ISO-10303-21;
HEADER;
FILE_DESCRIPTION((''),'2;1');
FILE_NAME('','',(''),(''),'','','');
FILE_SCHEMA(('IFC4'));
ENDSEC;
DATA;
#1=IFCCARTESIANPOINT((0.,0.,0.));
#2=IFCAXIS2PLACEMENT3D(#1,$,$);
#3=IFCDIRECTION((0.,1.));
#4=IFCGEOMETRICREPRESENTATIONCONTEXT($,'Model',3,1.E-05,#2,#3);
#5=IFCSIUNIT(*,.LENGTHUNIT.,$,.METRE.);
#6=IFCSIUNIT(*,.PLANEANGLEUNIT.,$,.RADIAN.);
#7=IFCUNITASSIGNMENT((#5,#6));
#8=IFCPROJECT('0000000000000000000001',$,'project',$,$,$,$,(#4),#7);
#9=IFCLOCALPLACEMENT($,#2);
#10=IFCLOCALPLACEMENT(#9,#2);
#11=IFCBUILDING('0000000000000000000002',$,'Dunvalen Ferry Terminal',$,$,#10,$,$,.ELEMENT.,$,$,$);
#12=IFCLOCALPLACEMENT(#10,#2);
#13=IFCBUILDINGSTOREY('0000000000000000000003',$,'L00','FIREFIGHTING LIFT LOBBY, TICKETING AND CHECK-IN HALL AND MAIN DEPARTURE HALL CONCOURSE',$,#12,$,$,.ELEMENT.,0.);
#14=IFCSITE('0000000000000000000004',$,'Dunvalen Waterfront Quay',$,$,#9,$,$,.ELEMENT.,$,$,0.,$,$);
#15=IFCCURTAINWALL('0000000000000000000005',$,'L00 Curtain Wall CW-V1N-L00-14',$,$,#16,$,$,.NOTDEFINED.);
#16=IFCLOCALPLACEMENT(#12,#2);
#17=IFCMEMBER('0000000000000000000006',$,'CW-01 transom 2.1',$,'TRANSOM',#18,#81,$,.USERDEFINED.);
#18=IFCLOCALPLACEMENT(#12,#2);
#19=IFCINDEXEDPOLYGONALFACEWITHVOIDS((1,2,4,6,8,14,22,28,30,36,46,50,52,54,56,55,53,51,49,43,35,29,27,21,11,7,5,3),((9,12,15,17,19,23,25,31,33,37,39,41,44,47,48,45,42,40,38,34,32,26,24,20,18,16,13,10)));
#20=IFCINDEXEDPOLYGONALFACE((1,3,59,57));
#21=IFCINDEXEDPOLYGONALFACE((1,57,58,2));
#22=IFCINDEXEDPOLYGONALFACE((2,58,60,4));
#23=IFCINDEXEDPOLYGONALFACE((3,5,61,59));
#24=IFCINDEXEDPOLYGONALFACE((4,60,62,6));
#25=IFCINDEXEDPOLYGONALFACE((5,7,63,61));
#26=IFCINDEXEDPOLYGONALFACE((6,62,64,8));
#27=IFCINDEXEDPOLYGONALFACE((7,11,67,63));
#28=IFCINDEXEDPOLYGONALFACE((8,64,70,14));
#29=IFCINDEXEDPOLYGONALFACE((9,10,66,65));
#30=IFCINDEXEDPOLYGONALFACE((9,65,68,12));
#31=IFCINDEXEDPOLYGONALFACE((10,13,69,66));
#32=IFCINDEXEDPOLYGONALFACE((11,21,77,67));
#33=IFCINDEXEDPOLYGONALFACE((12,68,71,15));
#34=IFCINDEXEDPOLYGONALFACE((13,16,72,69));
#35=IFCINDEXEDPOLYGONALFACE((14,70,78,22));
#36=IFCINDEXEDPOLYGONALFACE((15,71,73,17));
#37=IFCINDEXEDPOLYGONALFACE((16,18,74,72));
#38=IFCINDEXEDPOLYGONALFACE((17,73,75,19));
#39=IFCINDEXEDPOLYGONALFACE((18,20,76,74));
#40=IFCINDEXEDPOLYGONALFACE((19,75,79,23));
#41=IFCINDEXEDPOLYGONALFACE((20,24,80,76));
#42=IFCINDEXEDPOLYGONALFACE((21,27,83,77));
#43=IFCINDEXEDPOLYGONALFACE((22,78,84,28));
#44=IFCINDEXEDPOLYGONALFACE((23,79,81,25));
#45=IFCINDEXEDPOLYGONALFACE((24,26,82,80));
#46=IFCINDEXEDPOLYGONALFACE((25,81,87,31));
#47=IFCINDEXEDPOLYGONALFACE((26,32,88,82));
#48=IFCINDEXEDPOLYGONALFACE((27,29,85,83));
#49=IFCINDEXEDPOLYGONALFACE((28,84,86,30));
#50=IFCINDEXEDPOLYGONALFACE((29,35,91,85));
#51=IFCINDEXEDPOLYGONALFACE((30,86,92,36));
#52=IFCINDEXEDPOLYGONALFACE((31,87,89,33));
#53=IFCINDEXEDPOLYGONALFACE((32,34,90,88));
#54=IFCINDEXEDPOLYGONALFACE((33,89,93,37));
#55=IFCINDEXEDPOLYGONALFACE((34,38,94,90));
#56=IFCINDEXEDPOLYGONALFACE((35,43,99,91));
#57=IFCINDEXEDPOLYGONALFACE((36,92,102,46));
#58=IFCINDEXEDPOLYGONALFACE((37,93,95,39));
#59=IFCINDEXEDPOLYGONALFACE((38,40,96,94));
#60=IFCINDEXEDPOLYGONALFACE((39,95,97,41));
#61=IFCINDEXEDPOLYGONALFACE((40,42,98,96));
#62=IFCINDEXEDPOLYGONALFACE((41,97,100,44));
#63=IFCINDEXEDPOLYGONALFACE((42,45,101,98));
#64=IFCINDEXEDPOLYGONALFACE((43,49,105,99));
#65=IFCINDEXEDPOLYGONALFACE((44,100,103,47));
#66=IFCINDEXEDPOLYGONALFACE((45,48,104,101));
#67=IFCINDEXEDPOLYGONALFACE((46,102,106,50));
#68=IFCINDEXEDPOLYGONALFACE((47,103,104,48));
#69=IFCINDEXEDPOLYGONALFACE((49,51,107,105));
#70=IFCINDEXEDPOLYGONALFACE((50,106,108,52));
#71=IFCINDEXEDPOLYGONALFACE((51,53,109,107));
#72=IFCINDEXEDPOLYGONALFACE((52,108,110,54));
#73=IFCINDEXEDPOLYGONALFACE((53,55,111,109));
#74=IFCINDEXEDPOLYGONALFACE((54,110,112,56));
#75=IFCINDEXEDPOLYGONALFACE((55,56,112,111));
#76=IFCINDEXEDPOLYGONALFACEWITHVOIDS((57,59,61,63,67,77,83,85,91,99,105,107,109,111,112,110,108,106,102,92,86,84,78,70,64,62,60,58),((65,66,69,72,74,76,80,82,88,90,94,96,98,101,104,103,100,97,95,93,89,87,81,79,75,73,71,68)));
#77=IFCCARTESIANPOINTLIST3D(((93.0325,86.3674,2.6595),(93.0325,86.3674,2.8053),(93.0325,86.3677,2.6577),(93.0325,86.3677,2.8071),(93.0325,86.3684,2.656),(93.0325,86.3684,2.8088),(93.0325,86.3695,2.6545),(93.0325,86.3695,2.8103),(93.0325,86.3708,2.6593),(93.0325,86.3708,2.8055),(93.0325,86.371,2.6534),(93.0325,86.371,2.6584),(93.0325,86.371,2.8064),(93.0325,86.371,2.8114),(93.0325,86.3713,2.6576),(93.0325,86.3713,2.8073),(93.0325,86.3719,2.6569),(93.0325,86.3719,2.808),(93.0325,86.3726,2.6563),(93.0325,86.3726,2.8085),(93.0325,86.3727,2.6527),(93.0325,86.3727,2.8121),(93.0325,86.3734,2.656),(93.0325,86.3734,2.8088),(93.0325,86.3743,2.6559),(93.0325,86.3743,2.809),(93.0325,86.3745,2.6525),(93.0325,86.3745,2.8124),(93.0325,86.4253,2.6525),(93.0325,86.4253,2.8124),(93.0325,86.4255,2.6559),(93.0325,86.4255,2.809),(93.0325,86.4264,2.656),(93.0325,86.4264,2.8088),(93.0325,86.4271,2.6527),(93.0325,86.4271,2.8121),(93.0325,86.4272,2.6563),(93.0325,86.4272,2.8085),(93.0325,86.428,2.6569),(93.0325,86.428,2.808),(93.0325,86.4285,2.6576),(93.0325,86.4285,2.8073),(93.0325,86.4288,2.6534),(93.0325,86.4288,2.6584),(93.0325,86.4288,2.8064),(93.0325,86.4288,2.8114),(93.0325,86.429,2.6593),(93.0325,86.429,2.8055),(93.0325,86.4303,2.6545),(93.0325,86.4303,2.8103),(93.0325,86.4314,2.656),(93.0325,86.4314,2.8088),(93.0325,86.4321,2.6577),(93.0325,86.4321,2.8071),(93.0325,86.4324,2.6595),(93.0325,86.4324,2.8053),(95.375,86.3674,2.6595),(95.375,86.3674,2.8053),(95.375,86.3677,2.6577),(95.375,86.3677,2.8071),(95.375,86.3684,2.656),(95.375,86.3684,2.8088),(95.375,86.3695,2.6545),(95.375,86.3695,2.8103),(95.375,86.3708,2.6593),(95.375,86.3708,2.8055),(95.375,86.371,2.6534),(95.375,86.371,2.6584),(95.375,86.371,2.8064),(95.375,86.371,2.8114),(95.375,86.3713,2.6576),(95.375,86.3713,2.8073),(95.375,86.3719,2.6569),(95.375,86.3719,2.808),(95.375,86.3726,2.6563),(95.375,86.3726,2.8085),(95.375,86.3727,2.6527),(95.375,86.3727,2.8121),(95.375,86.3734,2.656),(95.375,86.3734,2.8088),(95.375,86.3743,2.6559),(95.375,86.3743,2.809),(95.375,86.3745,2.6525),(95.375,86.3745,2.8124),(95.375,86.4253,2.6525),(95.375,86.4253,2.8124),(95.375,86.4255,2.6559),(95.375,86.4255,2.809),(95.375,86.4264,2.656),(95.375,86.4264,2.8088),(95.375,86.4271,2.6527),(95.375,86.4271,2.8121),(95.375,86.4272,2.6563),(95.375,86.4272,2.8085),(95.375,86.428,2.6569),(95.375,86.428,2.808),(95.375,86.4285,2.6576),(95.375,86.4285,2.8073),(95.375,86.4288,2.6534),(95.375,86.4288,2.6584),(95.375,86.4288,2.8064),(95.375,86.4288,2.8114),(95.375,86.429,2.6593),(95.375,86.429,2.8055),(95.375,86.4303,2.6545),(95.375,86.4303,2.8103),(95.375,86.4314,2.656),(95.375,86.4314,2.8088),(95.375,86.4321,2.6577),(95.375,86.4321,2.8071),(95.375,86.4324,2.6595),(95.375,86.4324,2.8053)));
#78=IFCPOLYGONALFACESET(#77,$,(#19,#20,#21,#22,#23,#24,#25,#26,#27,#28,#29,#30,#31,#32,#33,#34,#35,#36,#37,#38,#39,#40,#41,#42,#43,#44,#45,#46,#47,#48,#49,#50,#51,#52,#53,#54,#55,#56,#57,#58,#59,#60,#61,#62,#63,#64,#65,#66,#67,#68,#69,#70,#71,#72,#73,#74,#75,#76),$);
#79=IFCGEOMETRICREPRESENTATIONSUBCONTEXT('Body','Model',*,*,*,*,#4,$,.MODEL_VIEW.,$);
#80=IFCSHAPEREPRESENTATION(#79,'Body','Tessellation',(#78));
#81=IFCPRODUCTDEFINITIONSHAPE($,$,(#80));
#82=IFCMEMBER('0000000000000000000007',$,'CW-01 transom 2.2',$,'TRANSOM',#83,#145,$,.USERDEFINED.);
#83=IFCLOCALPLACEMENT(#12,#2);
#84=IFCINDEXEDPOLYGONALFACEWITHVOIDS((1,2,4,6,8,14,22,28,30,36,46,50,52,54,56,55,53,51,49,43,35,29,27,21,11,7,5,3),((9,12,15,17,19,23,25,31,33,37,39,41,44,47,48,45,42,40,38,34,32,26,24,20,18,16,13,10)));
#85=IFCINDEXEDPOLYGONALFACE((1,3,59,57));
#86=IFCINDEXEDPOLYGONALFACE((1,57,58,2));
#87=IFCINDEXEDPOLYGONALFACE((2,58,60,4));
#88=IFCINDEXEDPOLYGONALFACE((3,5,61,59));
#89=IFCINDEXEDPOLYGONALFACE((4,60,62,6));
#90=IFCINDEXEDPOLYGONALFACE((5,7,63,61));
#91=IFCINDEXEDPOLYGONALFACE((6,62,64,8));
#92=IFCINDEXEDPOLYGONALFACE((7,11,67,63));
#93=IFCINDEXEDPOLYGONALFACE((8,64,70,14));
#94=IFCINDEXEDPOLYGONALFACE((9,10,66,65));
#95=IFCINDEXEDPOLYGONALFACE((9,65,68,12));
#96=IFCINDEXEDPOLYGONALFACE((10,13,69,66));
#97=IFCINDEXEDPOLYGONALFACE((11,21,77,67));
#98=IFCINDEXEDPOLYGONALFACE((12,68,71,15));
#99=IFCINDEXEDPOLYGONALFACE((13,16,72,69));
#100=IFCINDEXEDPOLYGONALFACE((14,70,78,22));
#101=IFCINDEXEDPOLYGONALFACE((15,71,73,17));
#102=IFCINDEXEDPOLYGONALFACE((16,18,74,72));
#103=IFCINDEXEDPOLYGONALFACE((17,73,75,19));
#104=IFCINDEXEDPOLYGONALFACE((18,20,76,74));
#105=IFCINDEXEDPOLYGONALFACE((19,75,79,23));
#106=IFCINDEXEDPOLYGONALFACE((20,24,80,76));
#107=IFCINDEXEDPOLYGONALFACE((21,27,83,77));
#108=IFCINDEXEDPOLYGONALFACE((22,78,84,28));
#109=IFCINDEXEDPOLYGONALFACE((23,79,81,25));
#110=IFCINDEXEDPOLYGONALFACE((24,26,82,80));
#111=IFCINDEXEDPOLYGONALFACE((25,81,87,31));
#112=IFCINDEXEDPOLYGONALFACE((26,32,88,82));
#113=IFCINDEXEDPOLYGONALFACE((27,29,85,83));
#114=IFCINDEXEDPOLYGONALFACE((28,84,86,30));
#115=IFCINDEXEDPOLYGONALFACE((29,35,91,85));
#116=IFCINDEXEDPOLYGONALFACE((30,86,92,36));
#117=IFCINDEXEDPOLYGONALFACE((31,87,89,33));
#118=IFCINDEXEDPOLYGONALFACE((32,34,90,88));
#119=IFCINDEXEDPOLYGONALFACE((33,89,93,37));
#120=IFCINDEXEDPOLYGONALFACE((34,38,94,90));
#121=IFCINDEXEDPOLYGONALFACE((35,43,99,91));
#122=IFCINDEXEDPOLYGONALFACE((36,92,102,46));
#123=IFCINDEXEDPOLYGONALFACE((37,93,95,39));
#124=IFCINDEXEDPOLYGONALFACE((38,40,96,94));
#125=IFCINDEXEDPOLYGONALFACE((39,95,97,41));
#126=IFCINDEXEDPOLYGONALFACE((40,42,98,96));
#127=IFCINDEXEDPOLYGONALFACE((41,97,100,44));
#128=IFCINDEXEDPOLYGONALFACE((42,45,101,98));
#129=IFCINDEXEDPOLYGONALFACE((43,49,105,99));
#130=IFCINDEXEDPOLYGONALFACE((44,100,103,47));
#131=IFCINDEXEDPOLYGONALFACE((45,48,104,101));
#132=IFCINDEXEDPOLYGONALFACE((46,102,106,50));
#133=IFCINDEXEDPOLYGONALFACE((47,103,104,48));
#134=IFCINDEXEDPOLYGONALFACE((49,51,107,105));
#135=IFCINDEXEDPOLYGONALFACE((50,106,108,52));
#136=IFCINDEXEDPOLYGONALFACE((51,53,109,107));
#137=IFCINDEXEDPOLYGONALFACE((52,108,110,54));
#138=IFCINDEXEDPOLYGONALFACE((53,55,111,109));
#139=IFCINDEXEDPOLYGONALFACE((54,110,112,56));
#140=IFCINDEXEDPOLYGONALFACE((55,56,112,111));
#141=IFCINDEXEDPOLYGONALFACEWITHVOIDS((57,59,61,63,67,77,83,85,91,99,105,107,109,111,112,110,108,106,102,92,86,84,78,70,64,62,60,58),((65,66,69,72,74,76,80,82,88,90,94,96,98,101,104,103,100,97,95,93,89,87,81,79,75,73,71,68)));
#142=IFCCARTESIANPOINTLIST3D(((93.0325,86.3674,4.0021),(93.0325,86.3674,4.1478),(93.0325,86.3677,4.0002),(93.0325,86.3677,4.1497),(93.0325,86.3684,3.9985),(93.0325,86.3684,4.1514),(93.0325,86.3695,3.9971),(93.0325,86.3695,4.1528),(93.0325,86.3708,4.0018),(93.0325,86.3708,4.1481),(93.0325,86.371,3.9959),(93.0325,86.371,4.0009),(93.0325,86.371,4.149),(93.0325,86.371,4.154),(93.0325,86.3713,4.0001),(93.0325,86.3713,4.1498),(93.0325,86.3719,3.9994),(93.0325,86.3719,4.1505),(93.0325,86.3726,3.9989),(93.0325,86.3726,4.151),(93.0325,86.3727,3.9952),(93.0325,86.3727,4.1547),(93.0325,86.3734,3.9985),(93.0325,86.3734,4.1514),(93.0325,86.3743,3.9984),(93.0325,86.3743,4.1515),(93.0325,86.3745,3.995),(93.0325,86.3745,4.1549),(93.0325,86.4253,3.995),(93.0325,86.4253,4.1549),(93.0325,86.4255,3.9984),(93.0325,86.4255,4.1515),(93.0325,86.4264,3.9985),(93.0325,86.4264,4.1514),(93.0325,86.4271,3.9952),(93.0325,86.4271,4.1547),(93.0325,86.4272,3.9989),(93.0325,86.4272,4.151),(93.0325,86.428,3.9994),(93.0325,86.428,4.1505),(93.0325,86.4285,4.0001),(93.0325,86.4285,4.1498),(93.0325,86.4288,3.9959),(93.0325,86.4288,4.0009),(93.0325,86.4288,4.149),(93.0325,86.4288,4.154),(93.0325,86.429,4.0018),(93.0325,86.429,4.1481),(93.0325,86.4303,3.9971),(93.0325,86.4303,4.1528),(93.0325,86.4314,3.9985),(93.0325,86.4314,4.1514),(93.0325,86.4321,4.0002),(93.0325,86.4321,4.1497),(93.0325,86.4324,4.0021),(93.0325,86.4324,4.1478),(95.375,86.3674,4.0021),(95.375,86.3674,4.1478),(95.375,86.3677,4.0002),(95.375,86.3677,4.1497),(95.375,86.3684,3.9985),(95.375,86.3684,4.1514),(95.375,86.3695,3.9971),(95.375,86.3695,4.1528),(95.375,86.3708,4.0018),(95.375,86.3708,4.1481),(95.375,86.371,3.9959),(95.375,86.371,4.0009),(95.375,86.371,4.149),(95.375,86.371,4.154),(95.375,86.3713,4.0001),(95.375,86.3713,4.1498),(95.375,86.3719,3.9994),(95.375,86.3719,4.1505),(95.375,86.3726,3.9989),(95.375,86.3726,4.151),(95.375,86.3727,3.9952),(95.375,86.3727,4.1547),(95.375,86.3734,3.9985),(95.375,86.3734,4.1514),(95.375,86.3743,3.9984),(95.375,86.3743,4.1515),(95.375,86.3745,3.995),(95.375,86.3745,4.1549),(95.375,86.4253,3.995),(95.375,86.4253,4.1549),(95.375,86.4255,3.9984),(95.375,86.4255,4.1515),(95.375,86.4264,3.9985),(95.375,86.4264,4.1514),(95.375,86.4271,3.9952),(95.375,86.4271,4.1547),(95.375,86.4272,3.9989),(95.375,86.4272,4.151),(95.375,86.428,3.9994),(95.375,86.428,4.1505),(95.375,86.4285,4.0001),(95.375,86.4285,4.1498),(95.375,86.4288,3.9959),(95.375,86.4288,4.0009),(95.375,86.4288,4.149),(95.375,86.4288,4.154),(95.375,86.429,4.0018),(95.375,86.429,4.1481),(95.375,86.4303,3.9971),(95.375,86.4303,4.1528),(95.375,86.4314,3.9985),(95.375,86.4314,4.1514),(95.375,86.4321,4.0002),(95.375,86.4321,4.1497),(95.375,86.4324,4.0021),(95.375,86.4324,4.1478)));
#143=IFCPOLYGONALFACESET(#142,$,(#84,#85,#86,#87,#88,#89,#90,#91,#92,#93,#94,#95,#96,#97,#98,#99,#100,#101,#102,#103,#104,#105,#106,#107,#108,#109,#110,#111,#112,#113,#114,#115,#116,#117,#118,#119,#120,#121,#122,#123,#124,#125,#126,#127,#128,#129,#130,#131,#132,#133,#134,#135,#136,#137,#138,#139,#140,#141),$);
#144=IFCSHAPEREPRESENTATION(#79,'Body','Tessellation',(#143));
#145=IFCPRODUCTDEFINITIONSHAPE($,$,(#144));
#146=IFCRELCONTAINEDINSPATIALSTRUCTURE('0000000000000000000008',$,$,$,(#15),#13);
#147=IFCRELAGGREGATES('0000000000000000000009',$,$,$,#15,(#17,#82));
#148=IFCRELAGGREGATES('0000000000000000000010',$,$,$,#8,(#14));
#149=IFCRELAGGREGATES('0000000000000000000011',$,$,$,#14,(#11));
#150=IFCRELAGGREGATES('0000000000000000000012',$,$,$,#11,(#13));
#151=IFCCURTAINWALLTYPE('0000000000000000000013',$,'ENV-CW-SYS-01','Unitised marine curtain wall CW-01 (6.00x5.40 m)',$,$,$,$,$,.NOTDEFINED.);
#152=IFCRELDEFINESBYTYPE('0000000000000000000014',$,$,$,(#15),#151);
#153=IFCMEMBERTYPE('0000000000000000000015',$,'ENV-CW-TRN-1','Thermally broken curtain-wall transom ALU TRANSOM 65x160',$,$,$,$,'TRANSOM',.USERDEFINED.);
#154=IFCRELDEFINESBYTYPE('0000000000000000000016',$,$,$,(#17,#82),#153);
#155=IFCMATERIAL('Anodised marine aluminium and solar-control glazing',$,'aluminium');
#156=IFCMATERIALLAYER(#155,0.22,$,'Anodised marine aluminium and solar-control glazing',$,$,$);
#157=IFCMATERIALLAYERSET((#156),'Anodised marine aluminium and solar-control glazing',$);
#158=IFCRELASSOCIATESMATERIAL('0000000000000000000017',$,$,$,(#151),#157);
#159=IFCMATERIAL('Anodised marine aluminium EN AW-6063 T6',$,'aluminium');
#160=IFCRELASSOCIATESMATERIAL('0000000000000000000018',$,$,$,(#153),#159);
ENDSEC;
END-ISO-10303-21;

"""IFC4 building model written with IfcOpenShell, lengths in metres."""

from ifc_helpers import new_model, si_unit, direction, frame, origin, origin_2d, place, context, subcontext, project, spatial, hollow_rectangle, extrude, material, layer, layer_set, material_profile, profile_set, type_object, element, aggregate, save


model = new_model("IFC4")

# Units and contexts
model_context = context("Model", 3, precision=1e-05, world=origin(), true_north=direction((0.0, 1.0)))
body_context = subcontext(model_context, "Body", "Model", "MODEL_VIEW")
ifc_project = project(units=[si_unit("LENGTHUNIT", "METRE"), si_unit("PLANEANGLEUNIT", "RADIAN")], contexts=[model_context])

# Site, building, storey
site_placement = place(None, origin())
site = spatial("IfcSite", under=ifc_project, at=site_placement, Name="Dunvalen Waterfront Quay", CompositionType="ELEMENT", RefElevation=0.0)
building_placement = place(site_placement, origin())
building = spatial("IfcBuilding", under=site, at=building_placement, Name="Dunvalen Ferry Terminal", CompositionType="ELEMENT")
storey_placement = place(building_placement, origin())
storey = spatial("IfcBuildingStorey", under=building, at=storey_placement, Name="L00", Description="FIREFIGHTING LIFT LOBBY, TICKETING AND CHECK-IN HALL AND MAIN DEPARTURE HALL CONCOURSE", CompositionType="ELEMENT", Elevation=0.0)

# Curtain wall
ifc_material_1 = material(Name="Anodised marine aluminium and solar-control glazing", Category="aluminium")
ifc_layer_1 = layer(ifc_material_1, 0.22, Name="Anodised marine aluminium and solar-control glazing")
ifc_layer_set_1 = layer_set([ifc_layer_1], Name="Anodised marine aluminium and solar-control glazing")
curtain_wall_type = type_object("IfcCurtainWallType", Name="ENV-CW-SYS-01", Description="Unitised marine curtain wall CW-01 (6.00x5.40 m)", PredefinedType="NOTDEFINED", material=ifc_layer_set_1)
curtain_wall_1_placement = place(storey_placement, origin())
curtain_wall_1 = element("IfcCurtainWall", 1, at=curtain_wall_1_placement, inside=storey, type_object=curtain_wall_type, Name="L00 Curtain Wall CW-V1N-L00-14", PredefinedType="NOTDEFINED")
ifc_material_2 = material(Name="Anodised marine aluminium EN AW-6063 T6", Category="aluminium")

# Members
ifc_material_profile_1 = material_profile(ifc_material_2, hollow_rectangle(XDim=0.0649, YDim=0.1599, WallThickness=0.0034, InnerFilletRadius=0.0034, OuterFilletRadius=0.0071, at=origin_2d()), Name="Anodised marine aluminium EN AW-6063 T6")
ifc_profile_set_1 = profile_set([ifc_material_profile_1], Name="Anodised marine aluminium EN AW-6063 T6")
member_type_1 = type_object("IfcMemberType", Name="ENV-CW-TRN-1", Description="Thermally broken curtain-wall transom ALU TRANSOM 65x160", ElementType="TRANSOM", PredefinedType="USERDEFINED", material=ifc_profile_set_1)
member_1_placement = place(storey_placement, frame((93.0325, 86.3999, 2.7324), z_axis=(1.0, 0.0, 0.0), x_axis=(0.0, 1.0, 0.0)))
member_1 = element("IfcMember", 2, at=member_1_placement, type_object=member_type_1, Name="CW-01 transom 2.1", ObjectType="TRANSOM", PredefinedType="USERDEFINED", context=body_context, shape_type="SweptSolid", body=[
    extrude(hollow_rectangle(XDim=0.0649, YDim=0.1599, WallThickness=0.0034, InnerFilletRadius=0.0034, OuterFilletRadius=0.0071, at=origin_2d()), origin(), (0.0, 0.0, 1.0), 2.3425),
])
member_2_placement = place(storey_placement, frame((93.0325, 86.3999, 4.075), z_axis=(1.0, 0.0, 0.0), x_axis=(0.0, 1.0, 0.0)))
member_2 = element("IfcMember", 3, at=member_2_placement, type_object=member_type_1, Name="CW-01 transom 2.2", ObjectType="TRANSOM", PredefinedType="USERDEFINED", context=body_context, shape_type="SweptSolid", body=[
    extrude(hollow_rectangle(XDim=0.0649, YDim=0.1599, WallThickness=0.0034, InnerFilletRadius=0.0034, OuterFilletRadius=0.0071, at=origin_2d()), origin(), (0.0, 0.0, 1.0), 2.3425),
])

aggregate(curtain_wall_1, [member_1, member_2])

save(model, "model.ifc")
